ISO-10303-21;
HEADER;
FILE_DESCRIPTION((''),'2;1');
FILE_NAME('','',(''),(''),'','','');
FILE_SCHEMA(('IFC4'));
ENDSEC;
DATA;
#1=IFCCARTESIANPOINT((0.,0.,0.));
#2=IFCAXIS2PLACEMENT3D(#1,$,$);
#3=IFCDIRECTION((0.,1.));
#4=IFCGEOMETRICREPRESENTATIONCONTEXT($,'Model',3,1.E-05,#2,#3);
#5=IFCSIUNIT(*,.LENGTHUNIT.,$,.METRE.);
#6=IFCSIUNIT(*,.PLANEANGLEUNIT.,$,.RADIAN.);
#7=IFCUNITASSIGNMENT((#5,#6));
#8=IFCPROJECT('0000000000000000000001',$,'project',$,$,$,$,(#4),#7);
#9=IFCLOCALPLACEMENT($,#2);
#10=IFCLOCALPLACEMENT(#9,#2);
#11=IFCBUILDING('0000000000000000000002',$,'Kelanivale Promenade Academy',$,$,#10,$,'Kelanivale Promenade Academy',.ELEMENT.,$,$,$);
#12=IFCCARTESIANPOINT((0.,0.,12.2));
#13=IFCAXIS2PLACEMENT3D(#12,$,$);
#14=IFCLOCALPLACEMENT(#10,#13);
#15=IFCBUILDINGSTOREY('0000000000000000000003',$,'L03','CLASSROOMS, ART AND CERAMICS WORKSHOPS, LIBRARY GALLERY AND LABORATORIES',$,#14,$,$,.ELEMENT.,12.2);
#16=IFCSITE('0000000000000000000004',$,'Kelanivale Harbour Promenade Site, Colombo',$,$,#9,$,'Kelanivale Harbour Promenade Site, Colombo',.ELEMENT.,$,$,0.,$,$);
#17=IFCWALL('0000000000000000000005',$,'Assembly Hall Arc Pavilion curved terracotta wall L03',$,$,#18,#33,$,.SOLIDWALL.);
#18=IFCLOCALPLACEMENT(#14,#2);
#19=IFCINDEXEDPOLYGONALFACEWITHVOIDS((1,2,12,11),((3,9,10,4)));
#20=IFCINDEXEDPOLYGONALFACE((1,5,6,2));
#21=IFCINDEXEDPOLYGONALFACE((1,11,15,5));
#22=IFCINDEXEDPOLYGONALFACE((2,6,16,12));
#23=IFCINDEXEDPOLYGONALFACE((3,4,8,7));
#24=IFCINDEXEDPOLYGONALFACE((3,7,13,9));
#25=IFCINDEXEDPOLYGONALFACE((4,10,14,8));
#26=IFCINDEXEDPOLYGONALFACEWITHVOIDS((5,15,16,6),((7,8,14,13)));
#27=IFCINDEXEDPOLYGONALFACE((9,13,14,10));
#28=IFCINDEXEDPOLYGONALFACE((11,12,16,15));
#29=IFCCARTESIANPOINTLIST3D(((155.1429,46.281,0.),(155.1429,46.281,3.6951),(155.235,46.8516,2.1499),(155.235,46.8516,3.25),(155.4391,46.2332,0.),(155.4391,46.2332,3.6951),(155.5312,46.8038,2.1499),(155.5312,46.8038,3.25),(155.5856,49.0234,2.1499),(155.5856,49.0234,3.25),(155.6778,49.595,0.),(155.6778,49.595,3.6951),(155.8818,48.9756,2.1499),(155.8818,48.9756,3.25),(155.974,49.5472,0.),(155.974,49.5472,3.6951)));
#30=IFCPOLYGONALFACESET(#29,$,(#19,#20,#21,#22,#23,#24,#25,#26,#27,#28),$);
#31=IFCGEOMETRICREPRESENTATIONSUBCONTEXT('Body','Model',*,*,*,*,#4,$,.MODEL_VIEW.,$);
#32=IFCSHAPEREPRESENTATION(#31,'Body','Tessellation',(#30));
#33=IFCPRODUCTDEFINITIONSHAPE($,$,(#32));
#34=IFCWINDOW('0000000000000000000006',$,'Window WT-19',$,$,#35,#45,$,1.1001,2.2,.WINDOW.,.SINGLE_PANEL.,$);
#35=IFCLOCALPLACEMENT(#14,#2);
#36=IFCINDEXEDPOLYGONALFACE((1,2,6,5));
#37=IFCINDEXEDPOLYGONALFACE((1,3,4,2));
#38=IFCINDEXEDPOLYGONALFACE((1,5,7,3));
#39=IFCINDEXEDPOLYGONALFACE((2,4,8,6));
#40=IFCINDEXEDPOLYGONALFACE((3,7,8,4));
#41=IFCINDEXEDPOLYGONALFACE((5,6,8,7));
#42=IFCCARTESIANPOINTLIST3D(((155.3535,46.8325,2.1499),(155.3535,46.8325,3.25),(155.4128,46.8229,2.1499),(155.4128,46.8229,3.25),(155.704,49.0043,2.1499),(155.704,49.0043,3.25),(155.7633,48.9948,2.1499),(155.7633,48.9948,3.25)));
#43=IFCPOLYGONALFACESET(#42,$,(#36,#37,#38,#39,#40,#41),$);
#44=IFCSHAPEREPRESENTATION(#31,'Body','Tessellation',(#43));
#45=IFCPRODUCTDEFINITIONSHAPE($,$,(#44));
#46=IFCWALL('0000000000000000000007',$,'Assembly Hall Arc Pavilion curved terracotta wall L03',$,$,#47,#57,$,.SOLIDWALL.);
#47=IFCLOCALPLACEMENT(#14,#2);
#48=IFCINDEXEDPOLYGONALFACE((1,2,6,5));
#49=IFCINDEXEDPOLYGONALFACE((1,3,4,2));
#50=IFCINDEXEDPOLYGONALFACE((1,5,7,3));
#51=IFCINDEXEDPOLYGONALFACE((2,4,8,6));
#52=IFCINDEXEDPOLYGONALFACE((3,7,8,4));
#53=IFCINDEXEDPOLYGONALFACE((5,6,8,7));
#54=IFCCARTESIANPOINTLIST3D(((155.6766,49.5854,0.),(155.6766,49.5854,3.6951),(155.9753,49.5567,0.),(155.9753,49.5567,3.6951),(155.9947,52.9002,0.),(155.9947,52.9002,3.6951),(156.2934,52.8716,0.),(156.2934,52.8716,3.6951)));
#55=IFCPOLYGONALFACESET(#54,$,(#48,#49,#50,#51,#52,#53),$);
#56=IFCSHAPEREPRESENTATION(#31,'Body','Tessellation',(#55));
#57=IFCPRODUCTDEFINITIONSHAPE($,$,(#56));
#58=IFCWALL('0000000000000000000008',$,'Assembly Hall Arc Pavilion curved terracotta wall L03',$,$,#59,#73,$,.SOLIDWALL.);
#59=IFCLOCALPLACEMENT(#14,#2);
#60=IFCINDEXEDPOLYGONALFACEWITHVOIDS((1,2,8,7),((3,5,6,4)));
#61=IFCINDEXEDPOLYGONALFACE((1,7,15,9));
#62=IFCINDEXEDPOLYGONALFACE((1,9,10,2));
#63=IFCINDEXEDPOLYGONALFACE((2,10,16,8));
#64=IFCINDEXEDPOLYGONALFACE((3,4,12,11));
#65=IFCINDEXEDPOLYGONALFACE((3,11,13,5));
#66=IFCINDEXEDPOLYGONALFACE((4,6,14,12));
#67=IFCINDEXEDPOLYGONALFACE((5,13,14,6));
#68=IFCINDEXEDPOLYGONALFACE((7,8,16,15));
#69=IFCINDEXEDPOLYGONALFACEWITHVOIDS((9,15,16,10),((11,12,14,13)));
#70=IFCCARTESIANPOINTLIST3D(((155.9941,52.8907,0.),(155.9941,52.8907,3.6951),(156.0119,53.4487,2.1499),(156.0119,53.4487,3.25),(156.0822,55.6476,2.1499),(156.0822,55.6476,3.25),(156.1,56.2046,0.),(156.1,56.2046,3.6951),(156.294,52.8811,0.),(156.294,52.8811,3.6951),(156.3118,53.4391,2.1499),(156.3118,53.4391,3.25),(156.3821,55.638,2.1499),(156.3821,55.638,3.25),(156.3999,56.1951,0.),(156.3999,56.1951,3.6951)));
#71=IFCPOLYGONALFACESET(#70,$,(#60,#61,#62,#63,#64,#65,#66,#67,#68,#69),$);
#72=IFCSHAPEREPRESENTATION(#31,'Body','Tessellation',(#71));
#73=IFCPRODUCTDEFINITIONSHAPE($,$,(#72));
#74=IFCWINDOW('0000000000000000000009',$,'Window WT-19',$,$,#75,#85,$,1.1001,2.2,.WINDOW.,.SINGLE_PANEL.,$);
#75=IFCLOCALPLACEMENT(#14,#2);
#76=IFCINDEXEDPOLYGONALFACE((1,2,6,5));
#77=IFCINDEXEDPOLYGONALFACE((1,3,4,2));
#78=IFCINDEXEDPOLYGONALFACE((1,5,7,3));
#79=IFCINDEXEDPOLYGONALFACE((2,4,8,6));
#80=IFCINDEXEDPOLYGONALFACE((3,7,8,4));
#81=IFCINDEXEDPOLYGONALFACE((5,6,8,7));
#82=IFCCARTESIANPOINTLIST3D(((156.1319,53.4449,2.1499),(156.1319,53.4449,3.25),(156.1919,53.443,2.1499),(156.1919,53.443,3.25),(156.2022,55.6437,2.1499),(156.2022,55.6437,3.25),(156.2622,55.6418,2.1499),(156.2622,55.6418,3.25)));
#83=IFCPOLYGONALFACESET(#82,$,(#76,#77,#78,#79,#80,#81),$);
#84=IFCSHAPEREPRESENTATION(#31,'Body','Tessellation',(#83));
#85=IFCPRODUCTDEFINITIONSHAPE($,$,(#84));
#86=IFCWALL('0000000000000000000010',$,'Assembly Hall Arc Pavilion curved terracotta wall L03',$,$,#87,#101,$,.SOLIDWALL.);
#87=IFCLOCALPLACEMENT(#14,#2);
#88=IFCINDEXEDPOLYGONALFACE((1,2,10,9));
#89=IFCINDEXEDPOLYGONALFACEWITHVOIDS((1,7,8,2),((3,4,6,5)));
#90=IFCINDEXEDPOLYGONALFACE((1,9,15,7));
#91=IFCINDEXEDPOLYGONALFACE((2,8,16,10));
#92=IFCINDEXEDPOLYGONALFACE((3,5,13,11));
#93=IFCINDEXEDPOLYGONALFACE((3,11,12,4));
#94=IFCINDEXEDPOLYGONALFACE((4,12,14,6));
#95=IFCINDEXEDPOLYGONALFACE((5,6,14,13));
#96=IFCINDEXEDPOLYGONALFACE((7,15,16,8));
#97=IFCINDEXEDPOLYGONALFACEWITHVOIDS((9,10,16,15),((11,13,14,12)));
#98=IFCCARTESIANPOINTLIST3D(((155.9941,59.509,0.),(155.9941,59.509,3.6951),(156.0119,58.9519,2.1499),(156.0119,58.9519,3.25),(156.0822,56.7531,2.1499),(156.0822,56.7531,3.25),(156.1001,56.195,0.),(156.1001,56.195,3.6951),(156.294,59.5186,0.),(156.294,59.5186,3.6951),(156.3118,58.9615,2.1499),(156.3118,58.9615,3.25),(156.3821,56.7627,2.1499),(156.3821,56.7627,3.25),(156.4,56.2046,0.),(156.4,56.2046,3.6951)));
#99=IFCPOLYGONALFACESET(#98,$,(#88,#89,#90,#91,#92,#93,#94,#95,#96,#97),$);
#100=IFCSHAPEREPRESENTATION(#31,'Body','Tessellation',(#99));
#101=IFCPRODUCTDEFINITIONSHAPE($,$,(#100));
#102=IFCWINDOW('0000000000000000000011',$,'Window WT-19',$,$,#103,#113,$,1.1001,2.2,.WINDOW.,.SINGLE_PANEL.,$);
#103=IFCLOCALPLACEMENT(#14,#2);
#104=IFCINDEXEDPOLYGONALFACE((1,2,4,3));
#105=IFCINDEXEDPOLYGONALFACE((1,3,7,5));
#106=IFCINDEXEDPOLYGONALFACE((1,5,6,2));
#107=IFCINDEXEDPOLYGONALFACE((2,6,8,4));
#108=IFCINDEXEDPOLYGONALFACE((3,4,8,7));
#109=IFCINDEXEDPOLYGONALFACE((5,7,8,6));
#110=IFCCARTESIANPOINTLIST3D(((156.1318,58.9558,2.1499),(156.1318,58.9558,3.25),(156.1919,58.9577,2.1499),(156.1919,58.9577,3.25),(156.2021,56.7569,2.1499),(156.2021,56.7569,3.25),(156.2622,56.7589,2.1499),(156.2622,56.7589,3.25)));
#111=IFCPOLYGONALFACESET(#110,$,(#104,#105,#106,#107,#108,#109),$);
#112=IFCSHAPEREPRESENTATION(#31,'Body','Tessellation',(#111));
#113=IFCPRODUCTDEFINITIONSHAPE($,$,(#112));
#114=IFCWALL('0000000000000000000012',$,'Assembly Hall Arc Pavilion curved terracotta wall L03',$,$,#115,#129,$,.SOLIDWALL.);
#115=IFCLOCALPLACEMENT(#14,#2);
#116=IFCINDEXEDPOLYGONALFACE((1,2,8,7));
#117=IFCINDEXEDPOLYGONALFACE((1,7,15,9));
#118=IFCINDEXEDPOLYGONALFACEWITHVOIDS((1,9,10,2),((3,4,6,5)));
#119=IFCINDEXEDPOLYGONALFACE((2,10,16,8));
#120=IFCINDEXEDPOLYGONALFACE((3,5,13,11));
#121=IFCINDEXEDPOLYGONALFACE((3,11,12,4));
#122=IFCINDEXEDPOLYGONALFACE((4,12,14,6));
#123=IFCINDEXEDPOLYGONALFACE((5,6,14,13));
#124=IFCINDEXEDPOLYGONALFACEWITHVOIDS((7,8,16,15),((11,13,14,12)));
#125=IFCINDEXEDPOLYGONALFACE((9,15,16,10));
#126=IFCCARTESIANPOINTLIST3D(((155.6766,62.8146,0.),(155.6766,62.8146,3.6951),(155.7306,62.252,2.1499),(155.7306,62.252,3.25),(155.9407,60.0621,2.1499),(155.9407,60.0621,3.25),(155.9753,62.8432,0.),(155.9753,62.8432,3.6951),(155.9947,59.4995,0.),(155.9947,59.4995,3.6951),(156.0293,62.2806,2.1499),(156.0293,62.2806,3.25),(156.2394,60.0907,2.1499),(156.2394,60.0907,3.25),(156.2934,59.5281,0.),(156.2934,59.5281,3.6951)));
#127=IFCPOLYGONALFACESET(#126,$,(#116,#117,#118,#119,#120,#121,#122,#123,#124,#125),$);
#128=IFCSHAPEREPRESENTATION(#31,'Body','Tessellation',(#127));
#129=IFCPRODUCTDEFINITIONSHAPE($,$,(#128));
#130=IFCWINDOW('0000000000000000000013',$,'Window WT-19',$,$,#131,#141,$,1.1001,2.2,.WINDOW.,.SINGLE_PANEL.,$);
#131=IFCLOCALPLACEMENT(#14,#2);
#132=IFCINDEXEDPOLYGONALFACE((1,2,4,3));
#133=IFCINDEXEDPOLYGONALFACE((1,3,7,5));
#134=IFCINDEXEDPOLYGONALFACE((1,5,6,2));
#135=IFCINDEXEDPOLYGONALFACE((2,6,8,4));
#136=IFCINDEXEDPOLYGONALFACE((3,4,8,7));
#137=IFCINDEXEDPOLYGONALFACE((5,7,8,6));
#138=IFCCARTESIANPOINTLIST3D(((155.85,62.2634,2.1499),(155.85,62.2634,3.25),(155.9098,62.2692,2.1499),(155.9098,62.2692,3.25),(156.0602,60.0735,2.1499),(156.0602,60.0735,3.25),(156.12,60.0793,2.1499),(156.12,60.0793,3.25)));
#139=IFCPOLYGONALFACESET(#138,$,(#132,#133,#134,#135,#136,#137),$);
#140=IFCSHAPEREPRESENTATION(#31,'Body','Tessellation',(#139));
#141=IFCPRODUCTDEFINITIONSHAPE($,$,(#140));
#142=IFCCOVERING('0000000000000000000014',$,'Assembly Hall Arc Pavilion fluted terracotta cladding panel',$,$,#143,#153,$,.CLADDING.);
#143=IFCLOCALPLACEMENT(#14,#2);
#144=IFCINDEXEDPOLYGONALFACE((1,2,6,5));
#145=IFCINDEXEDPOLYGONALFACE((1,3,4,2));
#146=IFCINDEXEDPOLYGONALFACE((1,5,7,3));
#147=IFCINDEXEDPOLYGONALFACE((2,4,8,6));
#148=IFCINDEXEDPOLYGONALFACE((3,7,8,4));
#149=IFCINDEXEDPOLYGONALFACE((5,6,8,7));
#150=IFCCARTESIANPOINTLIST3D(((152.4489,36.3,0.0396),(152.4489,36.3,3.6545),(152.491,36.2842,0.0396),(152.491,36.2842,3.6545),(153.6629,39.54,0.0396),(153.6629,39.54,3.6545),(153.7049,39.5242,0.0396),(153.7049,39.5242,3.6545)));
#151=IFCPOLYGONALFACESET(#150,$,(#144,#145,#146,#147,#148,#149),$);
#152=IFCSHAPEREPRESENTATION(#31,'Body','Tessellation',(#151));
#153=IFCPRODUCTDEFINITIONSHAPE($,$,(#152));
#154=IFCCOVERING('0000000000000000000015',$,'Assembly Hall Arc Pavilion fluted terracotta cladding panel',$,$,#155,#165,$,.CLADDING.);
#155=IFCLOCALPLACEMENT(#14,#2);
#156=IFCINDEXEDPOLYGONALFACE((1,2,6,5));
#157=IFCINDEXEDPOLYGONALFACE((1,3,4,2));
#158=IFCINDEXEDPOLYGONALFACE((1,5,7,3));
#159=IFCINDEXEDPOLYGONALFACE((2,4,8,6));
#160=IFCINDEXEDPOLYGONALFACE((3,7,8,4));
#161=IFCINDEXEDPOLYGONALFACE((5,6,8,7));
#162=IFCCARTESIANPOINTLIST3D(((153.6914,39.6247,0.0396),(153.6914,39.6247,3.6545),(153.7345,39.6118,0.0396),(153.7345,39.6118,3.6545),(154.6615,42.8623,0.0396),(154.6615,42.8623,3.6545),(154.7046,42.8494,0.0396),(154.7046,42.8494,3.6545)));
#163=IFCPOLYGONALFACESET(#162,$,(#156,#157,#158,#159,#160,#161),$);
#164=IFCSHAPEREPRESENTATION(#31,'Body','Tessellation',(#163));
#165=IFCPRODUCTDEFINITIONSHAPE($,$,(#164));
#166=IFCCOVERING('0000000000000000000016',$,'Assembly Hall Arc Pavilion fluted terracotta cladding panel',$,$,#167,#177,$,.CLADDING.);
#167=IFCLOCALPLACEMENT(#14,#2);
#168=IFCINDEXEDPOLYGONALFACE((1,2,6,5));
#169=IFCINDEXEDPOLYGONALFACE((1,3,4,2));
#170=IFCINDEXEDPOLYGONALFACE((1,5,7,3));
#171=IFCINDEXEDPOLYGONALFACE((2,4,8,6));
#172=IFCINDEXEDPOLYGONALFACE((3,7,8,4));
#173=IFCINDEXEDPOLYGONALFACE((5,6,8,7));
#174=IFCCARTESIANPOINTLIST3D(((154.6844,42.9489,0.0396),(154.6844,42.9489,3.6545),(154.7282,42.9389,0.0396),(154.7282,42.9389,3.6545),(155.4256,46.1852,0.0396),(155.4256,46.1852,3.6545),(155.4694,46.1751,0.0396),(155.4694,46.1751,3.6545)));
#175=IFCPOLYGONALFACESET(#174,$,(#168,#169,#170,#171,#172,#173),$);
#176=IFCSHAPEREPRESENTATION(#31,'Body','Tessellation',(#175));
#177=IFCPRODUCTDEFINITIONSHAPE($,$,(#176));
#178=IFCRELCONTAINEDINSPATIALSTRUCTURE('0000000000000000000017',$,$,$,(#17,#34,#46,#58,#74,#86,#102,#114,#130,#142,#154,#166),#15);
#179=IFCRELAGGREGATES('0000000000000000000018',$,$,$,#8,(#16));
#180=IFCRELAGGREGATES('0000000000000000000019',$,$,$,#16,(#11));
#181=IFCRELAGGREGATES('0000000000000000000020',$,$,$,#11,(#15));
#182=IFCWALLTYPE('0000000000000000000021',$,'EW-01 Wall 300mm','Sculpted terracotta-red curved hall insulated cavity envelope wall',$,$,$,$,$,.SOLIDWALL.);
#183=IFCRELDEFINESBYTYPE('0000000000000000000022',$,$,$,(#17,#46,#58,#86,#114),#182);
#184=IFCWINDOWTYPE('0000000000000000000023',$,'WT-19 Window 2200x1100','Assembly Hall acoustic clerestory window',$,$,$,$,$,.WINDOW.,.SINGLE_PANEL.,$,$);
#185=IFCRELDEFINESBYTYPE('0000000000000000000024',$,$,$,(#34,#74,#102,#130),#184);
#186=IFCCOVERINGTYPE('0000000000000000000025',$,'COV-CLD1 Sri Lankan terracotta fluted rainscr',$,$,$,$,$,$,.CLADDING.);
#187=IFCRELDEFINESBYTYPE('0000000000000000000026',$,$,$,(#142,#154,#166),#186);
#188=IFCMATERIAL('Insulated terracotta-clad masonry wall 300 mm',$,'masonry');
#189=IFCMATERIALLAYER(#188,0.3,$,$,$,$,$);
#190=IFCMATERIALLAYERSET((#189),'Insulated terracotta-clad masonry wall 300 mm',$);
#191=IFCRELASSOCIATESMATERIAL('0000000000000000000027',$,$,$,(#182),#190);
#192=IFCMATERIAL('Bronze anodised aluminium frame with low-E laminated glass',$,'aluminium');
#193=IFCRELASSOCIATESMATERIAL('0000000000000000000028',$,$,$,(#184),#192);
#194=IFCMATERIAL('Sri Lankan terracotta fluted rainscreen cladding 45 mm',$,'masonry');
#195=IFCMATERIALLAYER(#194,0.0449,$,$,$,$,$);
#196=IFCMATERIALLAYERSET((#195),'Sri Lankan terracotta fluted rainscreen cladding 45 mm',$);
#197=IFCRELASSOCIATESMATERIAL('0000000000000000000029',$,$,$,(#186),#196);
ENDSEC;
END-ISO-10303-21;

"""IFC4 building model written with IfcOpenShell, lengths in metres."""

from ifc_helpers import new_model, si_unit, direction, frame, frame_2d, origin, origin_2d, place, context, subcontext, project, spatial, rectangle, extrude, material, layer, layer_set, type_object, element, fill, save


model = new_model("IFC4")

# Units and contexts
model_context = context("Model", 3, precision=1e-05, world=origin(), true_north=direction((0.0, 1.0)))
body_context = subcontext(model_context, "Body", "Model", "MODEL_VIEW")
ifc_project = project(units=[si_unit("LENGTHUNIT", "METRE"), si_unit("PLANEANGLEUNIT", "RADIAN")], contexts=[model_context])

# Site, building, storey
site_placement = place(None, origin())
site = spatial("IfcSite", under=ifc_project, at=site_placement, Name="Kelanivale Harbour Promenade Site, Colombo", LongName="Kelanivale Harbour Promenade Site, Colombo", CompositionType="ELEMENT", RefElevation=0.0)
building_placement = place(site_placement, origin())
building = spatial("IfcBuilding", under=site, at=building_placement, Name="Kelanivale Promenade Academy", LongName="Kelanivale Promenade Academy", CompositionType="ELEMENT")
storey_placement = place(building_placement, frame((0.0, 0.0, 12.2)))
storey = spatial("IfcBuildingStorey", under=building, at=storey_placement, Name="L03", Description="CLASSROOMS, ART AND CERAMICS WORKSHOPS, LIBRARY GALLERY AND LABORATORIES", CompositionType="ELEMENT", Elevation=12.2)

# Shared definitions
ifc_material_1 = material(Name="Insulated terracotta-clad masonry wall 300 mm", Category="masonry")
ifc_layer_1 = layer(ifc_material_1, 0.3)
ifc_layer_set_1 = layer_set([ifc_layer_1], Name="Insulated terracotta-clad masonry wall 300 mm")
wall_type = type_object("IfcWallType", Name="EW-01 Wall 300mm", Description="Sculpted terracotta-red curved hall insulated cavity envelope wall", PredefinedType="SOLIDWALL", material=ifc_layer_set_1)
ifc_material_2 = material(Name="Bronze anodised aluminium frame with low-E laminated glass", Category="aluminium")
window_type = type_object("IfcWindowType", Name="WT-19 Window 2200x1100", Description="Assembly Hall acoustic clerestory window", PartitioningType="SINGLE_PANEL", PredefinedType="WINDOW", material=ifc_material_2)

# Wall, opening, window
wall_1_placement = place(storey_placement, frame((155.291, 46.2571, 0.0), z_axis=(0.0, 0.0, 1.0), x_axis=(0.159349, 0.987222, 0.0)))
wall_1 = element("IfcWall", 1, at=wall_1_placement, inside=storey, type_object=wall_type, Name="Assembly Hall Arc Pavilion curved terracotta wall L03", PredefinedType="SOLIDWALL", context=body_context, shape_type="SweptSolid", body=[
    extrude(rectangle(XDim=3.3569, YDim=0.3, at=frame_2d((1.6785, 0.0))), origin(), (0.0, 0.0, 1.0), 3.6951),
])
opening_1_placement = place(wall_1_placement, frame((0.5779, 0.0, 2.1499)))
opening_1 = element("IfcOpeningElement", 2, at=opening_1_placement, cuts=wall_1, PredefinedType="OPENING", context=body_context, shape_type="SweptSolid", body=[
    extrude(rectangle(XDim=2.2, YDim=1.1001, at=frame_2d((1.1001, 0.55))), frame((0.0, 0.1602, 0.0), z_axis=(0.0, -1.0, 0.0), x_axis=(1.0, 0.0, 0.0)), (0.0, 0.0, 1.0), 0.3201),
])
window_1_placement = place(opening_1_placement, origin())
window_1 = element("IfcWindow", 3, at=window_1_placement, inside=storey, type_object=window_type, Name="Window WT-19", OverallHeight=1.1001, OverallWidth=2.2, PartitioningType="SINGLE_PANEL", PredefinedType="WINDOW", context=body_context, shape_type="SweptSolid", body=[
    extrude(rectangle(XDim=2.2, YDim=1.1001, at=frame_2d((1.1001, 0.55))), frame((0.0, 0.03, 0.0), z_axis=(0.0, -1.0, 0.0), x_axis=(1.0, 0.0, 0.0)), (0.0, 0.0, 1.0), 0.0601),
])
fill(opening_1, window_1)

# Wall
wall_2_placement = place(storey_placement, frame((155.8259, 49.571, 0.0), z_axis=(0.0, 0.0, 1.0), x_axis=(0.095525, 0.995427, 0.0)))
element("IfcWall", 4, at=wall_2_placement, inside=storey, type_object=wall_type, Name="Assembly Hall Arc Pavilion curved terracotta wall L03", PredefinedType="SOLIDWALL", context=body_context, shape_type="SweptSolid", body=[
    extrude(rectangle(XDim=3.3301, YDim=0.3, at=frame_2d((1.665, 0.0))), origin(), (0.0, 0.0, 1.0), 3.6951),
])

# Walls, openings, windows
wall_3_placement = place(storey_placement, frame((156.144, 52.886, 0.0), z_axis=(0.0, 0.0, 1.0), x_axis=(0.031957, 0.999489, 0.0)))
wall_3 = element("IfcWall", 5, at=wall_3_placement, inside=storey, type_object=wall_type, Name="Assembly Hall Arc Pavilion curved terracotta wall L03", PredefinedType="SOLIDWALL", context=body_context, shape_type="SweptSolid", body=[
    extrude(rectangle(XDim=3.3157, YDim=0.3, at=frame_2d((1.6577, 0.0))), origin(), (0.0, 0.0, 1.0), 3.6951),
])
opening_2_placement = place(wall_3_placement, frame((0.5581, 0.0, 2.1499)))
opening_2 = element("IfcOpeningElement", 6, at=opening_2_placement, cuts=wall_3, PredefinedType="OPENING", context=body_context, shape_type="SweptSolid", body=[
    extrude(rectangle(XDim=2.2, YDim=1.1001, at=frame_2d((1.1001, 0.55))), frame((0.0, 0.1602, 0.0), z_axis=(0.0, -1.0, 0.0), x_axis=(1.0, 0.0, 0.0)), (0.0, 0.0, 1.0), 0.3201),
])
window_2_placement = place(opening_2_placement, origin())
window_2 = element("IfcWindow", 7, at=window_2_placement, inside=storey, type_object=window_type, Name="Window WT-19", OverallHeight=1.1001, OverallWidth=2.2, PartitioningType="SINGLE_PANEL", PredefinedType="WINDOW", context=body_context, shape_type="SweptSolid", body=[
    extrude(rectangle(XDim=2.2, YDim=1.1001, at=frame_2d((1.1001, 0.55))), frame((0.0, 0.03, 0.0), z_axis=(0.0, -1.0, 0.0), x_axis=(1.0, 0.0, 0.0)), (0.0, 0.0, 1.0), 0.0601),
])
fill(opening_2, window_2)
wall_4_placement = place(storey_placement, frame((156.25, 56.2, 0.0), z_axis=(0.0, 0.0, 1.0), x_axis=(-0.031957, 0.999489, 0.0)))
wall_4 = element("IfcWall", 8, at=wall_4_placement, inside=storey, type_object=wall_type, Name="Assembly Hall Arc Pavilion curved terracotta wall L03", PredefinedType="SOLIDWALL", context=body_context, shape_type="SweptSolid", body=[
    extrude(rectangle(XDim=3.3157, YDim=0.3, at=frame_2d((1.6577, 0.0))), origin(), (0.0, 0.0, 1.0), 3.6951),
])
opening_3_placement = place(wall_4_placement, frame((0.5581, 0.0, 2.1499)))
opening_3 = element("IfcOpeningElement", 9, at=opening_3_placement, cuts=wall_4, PredefinedType="OPENING", context=body_context, shape_type="SweptSolid", body=[
    extrude(rectangle(XDim=2.2, YDim=1.1001, at=frame_2d((1.1001, 0.55))), frame((0.0, 0.1602, 0.0), z_axis=(0.0, -1.0, 0.0), x_axis=(1.0, 0.0, 0.0)), (0.0, 0.0, 1.0), 0.3201),
])
window_3_placement = place(opening_3_placement, origin())
window_3 = element("IfcWindow", 10, at=window_3_placement, inside=storey, type_object=window_type, Name="Window WT-19", OverallHeight=1.1001, OverallWidth=2.2, PartitioningType="SINGLE_PANEL", PredefinedType="WINDOW", context=body_context, shape_type="SweptSolid", body=[
    extrude(rectangle(XDim=2.2, YDim=1.1001, at=frame_2d((1.1001, 0.55))), frame((0.0, 0.03, 0.0), z_axis=(0.0, -1.0, 0.0), x_axis=(1.0, 0.0, 0.0)), (0.0, 0.0, 1.0), 0.0601),
])
fill(opening_3, window_3)
wall_5_placement = place(storey_placement, frame((156.144, 59.5139, 0.0), z_axis=(0.0, 0.0, 1.0), x_axis=(-0.095518, 0.995428, 0.0)))
wall_5 = element("IfcWall", 11, at=wall_5_placement, inside=storey, type_object=wall_type, Name="Assembly Hall Arc Pavilion curved terracotta wall L03", PredefinedType="SOLIDWALL", context=body_context, shape_type="SweptSolid", body=[
    extrude(rectangle(XDim=3.3303, YDim=0.3, at=frame_2d((1.665, 0.0))), origin(), (0.0, 0.0, 1.0), 3.6951),
])
opening_4_placement = place(wall_5_placement, frame((0.5649, 0.0, 2.1499)))
opening_4 = element("IfcOpeningElement", 12, at=opening_4_placement, cuts=wall_5, PredefinedType="OPENING", context=body_context, shape_type="SweptSolid", body=[
    extrude(rectangle(XDim=2.2, YDim=1.1001, at=frame_2d((1.1001, 0.55))), frame((0.0, 0.1602, 0.0), z_axis=(0.0, -1.0, 0.0), x_axis=(1.0, 0.0, 0.0)), (0.0, 0.0, 1.0), 0.3201),
])
window_4_placement = place(opening_4_placement, origin())
window_4 = element("IfcWindow", 13, at=window_4_placement, inside=storey, type_object=window_type, Name="Window WT-19", OverallHeight=1.1001, OverallWidth=2.2, PartitioningType="SINGLE_PANEL", PredefinedType="WINDOW", context=body_context, shape_type="SweptSolid", body=[
    extrude(rectangle(XDim=2.2, YDim=1.1001, at=frame_2d((1.1001, 0.55))), frame((0.0, 0.03, 0.0), z_axis=(0.0, -1.0, 0.0), x_axis=(1.0, 0.0, 0.0)), (0.0, 0.0, 1.0), 0.0601),
])
fill(opening_4, window_4)

# Coverings
ifc_material_3 = material(Name="Sri Lankan terracotta fluted rainscreen cladding 45 mm", Category="masonry")
ifc_layer_2 = layer(ifc_material_3, 0.0449)
ifc_layer_set_2 = layer_set([ifc_layer_2], Name="Sri Lankan terracotta fluted rainscreen cladding 45 mm")
covering_type = type_object("IfcCoveringType", Name="COV-CLD1 Sri Lankan terracotta fluted rainscr", PredefinedType="CLADDING", material=ifc_layer_set_2)
covering_1_placement = place(storey_placement, frame((153.0769, 37.9121, 0.0396), z_axis=(0.0, 0.0, 1.0), x_axis=(0.350861, 0.936427, 0.0)))
element("IfcCovering", 14, at=covering_1_placement, inside=storey, type_object=covering_type, Name="Assembly Hall Arc Pavilion fluted terracotta cladding panel", PredefinedType="CLADDING", context=body_context, shape_type="SweptSolid", body=[
    extrude(rectangle(XDim=3.46, YDim=0.0449, at=origin_2d()), origin(), (0.0, 0.0, 1.0), 3.615),
])
covering_2_placement = place(storey_placement, frame((154.198, 41.2371, 0.0396), z_axis=(0.0, 0.0, 1.0), x_axis=(0.287026, 0.957923, 0.0)))
element("IfcCovering", 15, at=covering_2_placement, inside=storey, type_object=covering_type, Name="Assembly Hall Arc Pavilion fluted terracotta cladding panel", PredefinedType="CLADDING", context=body_context, shape_type="SweptSolid", body=[
    extrude(rectangle(XDim=3.3799, YDim=0.0449, at=origin_2d()), origin(), (0.0, 0.0, 1.0), 3.615),
])
covering_3_placement = place(storey_placement, frame((155.0769, 44.562, 0.0396), z_axis=(0.0, 0.0, 1.0), x_axis=(0.22325, 0.974761, 0.0)))
element("IfcCovering", 16, at=covering_3_placement, inside=storey, type_object=covering_type, Name="Assembly Hall Arc Pavilion fluted terracotta cladding panel", PredefinedType="CLADDING", context=body_context, shape_type="SweptSolid", body=[
    extrude(rectangle(XDim=3.3201, YDim=0.0449, at=origin_2d()), origin(), (0.0, 0.0, 1.0), 3.615),
])

save(model, "model.ifc")
